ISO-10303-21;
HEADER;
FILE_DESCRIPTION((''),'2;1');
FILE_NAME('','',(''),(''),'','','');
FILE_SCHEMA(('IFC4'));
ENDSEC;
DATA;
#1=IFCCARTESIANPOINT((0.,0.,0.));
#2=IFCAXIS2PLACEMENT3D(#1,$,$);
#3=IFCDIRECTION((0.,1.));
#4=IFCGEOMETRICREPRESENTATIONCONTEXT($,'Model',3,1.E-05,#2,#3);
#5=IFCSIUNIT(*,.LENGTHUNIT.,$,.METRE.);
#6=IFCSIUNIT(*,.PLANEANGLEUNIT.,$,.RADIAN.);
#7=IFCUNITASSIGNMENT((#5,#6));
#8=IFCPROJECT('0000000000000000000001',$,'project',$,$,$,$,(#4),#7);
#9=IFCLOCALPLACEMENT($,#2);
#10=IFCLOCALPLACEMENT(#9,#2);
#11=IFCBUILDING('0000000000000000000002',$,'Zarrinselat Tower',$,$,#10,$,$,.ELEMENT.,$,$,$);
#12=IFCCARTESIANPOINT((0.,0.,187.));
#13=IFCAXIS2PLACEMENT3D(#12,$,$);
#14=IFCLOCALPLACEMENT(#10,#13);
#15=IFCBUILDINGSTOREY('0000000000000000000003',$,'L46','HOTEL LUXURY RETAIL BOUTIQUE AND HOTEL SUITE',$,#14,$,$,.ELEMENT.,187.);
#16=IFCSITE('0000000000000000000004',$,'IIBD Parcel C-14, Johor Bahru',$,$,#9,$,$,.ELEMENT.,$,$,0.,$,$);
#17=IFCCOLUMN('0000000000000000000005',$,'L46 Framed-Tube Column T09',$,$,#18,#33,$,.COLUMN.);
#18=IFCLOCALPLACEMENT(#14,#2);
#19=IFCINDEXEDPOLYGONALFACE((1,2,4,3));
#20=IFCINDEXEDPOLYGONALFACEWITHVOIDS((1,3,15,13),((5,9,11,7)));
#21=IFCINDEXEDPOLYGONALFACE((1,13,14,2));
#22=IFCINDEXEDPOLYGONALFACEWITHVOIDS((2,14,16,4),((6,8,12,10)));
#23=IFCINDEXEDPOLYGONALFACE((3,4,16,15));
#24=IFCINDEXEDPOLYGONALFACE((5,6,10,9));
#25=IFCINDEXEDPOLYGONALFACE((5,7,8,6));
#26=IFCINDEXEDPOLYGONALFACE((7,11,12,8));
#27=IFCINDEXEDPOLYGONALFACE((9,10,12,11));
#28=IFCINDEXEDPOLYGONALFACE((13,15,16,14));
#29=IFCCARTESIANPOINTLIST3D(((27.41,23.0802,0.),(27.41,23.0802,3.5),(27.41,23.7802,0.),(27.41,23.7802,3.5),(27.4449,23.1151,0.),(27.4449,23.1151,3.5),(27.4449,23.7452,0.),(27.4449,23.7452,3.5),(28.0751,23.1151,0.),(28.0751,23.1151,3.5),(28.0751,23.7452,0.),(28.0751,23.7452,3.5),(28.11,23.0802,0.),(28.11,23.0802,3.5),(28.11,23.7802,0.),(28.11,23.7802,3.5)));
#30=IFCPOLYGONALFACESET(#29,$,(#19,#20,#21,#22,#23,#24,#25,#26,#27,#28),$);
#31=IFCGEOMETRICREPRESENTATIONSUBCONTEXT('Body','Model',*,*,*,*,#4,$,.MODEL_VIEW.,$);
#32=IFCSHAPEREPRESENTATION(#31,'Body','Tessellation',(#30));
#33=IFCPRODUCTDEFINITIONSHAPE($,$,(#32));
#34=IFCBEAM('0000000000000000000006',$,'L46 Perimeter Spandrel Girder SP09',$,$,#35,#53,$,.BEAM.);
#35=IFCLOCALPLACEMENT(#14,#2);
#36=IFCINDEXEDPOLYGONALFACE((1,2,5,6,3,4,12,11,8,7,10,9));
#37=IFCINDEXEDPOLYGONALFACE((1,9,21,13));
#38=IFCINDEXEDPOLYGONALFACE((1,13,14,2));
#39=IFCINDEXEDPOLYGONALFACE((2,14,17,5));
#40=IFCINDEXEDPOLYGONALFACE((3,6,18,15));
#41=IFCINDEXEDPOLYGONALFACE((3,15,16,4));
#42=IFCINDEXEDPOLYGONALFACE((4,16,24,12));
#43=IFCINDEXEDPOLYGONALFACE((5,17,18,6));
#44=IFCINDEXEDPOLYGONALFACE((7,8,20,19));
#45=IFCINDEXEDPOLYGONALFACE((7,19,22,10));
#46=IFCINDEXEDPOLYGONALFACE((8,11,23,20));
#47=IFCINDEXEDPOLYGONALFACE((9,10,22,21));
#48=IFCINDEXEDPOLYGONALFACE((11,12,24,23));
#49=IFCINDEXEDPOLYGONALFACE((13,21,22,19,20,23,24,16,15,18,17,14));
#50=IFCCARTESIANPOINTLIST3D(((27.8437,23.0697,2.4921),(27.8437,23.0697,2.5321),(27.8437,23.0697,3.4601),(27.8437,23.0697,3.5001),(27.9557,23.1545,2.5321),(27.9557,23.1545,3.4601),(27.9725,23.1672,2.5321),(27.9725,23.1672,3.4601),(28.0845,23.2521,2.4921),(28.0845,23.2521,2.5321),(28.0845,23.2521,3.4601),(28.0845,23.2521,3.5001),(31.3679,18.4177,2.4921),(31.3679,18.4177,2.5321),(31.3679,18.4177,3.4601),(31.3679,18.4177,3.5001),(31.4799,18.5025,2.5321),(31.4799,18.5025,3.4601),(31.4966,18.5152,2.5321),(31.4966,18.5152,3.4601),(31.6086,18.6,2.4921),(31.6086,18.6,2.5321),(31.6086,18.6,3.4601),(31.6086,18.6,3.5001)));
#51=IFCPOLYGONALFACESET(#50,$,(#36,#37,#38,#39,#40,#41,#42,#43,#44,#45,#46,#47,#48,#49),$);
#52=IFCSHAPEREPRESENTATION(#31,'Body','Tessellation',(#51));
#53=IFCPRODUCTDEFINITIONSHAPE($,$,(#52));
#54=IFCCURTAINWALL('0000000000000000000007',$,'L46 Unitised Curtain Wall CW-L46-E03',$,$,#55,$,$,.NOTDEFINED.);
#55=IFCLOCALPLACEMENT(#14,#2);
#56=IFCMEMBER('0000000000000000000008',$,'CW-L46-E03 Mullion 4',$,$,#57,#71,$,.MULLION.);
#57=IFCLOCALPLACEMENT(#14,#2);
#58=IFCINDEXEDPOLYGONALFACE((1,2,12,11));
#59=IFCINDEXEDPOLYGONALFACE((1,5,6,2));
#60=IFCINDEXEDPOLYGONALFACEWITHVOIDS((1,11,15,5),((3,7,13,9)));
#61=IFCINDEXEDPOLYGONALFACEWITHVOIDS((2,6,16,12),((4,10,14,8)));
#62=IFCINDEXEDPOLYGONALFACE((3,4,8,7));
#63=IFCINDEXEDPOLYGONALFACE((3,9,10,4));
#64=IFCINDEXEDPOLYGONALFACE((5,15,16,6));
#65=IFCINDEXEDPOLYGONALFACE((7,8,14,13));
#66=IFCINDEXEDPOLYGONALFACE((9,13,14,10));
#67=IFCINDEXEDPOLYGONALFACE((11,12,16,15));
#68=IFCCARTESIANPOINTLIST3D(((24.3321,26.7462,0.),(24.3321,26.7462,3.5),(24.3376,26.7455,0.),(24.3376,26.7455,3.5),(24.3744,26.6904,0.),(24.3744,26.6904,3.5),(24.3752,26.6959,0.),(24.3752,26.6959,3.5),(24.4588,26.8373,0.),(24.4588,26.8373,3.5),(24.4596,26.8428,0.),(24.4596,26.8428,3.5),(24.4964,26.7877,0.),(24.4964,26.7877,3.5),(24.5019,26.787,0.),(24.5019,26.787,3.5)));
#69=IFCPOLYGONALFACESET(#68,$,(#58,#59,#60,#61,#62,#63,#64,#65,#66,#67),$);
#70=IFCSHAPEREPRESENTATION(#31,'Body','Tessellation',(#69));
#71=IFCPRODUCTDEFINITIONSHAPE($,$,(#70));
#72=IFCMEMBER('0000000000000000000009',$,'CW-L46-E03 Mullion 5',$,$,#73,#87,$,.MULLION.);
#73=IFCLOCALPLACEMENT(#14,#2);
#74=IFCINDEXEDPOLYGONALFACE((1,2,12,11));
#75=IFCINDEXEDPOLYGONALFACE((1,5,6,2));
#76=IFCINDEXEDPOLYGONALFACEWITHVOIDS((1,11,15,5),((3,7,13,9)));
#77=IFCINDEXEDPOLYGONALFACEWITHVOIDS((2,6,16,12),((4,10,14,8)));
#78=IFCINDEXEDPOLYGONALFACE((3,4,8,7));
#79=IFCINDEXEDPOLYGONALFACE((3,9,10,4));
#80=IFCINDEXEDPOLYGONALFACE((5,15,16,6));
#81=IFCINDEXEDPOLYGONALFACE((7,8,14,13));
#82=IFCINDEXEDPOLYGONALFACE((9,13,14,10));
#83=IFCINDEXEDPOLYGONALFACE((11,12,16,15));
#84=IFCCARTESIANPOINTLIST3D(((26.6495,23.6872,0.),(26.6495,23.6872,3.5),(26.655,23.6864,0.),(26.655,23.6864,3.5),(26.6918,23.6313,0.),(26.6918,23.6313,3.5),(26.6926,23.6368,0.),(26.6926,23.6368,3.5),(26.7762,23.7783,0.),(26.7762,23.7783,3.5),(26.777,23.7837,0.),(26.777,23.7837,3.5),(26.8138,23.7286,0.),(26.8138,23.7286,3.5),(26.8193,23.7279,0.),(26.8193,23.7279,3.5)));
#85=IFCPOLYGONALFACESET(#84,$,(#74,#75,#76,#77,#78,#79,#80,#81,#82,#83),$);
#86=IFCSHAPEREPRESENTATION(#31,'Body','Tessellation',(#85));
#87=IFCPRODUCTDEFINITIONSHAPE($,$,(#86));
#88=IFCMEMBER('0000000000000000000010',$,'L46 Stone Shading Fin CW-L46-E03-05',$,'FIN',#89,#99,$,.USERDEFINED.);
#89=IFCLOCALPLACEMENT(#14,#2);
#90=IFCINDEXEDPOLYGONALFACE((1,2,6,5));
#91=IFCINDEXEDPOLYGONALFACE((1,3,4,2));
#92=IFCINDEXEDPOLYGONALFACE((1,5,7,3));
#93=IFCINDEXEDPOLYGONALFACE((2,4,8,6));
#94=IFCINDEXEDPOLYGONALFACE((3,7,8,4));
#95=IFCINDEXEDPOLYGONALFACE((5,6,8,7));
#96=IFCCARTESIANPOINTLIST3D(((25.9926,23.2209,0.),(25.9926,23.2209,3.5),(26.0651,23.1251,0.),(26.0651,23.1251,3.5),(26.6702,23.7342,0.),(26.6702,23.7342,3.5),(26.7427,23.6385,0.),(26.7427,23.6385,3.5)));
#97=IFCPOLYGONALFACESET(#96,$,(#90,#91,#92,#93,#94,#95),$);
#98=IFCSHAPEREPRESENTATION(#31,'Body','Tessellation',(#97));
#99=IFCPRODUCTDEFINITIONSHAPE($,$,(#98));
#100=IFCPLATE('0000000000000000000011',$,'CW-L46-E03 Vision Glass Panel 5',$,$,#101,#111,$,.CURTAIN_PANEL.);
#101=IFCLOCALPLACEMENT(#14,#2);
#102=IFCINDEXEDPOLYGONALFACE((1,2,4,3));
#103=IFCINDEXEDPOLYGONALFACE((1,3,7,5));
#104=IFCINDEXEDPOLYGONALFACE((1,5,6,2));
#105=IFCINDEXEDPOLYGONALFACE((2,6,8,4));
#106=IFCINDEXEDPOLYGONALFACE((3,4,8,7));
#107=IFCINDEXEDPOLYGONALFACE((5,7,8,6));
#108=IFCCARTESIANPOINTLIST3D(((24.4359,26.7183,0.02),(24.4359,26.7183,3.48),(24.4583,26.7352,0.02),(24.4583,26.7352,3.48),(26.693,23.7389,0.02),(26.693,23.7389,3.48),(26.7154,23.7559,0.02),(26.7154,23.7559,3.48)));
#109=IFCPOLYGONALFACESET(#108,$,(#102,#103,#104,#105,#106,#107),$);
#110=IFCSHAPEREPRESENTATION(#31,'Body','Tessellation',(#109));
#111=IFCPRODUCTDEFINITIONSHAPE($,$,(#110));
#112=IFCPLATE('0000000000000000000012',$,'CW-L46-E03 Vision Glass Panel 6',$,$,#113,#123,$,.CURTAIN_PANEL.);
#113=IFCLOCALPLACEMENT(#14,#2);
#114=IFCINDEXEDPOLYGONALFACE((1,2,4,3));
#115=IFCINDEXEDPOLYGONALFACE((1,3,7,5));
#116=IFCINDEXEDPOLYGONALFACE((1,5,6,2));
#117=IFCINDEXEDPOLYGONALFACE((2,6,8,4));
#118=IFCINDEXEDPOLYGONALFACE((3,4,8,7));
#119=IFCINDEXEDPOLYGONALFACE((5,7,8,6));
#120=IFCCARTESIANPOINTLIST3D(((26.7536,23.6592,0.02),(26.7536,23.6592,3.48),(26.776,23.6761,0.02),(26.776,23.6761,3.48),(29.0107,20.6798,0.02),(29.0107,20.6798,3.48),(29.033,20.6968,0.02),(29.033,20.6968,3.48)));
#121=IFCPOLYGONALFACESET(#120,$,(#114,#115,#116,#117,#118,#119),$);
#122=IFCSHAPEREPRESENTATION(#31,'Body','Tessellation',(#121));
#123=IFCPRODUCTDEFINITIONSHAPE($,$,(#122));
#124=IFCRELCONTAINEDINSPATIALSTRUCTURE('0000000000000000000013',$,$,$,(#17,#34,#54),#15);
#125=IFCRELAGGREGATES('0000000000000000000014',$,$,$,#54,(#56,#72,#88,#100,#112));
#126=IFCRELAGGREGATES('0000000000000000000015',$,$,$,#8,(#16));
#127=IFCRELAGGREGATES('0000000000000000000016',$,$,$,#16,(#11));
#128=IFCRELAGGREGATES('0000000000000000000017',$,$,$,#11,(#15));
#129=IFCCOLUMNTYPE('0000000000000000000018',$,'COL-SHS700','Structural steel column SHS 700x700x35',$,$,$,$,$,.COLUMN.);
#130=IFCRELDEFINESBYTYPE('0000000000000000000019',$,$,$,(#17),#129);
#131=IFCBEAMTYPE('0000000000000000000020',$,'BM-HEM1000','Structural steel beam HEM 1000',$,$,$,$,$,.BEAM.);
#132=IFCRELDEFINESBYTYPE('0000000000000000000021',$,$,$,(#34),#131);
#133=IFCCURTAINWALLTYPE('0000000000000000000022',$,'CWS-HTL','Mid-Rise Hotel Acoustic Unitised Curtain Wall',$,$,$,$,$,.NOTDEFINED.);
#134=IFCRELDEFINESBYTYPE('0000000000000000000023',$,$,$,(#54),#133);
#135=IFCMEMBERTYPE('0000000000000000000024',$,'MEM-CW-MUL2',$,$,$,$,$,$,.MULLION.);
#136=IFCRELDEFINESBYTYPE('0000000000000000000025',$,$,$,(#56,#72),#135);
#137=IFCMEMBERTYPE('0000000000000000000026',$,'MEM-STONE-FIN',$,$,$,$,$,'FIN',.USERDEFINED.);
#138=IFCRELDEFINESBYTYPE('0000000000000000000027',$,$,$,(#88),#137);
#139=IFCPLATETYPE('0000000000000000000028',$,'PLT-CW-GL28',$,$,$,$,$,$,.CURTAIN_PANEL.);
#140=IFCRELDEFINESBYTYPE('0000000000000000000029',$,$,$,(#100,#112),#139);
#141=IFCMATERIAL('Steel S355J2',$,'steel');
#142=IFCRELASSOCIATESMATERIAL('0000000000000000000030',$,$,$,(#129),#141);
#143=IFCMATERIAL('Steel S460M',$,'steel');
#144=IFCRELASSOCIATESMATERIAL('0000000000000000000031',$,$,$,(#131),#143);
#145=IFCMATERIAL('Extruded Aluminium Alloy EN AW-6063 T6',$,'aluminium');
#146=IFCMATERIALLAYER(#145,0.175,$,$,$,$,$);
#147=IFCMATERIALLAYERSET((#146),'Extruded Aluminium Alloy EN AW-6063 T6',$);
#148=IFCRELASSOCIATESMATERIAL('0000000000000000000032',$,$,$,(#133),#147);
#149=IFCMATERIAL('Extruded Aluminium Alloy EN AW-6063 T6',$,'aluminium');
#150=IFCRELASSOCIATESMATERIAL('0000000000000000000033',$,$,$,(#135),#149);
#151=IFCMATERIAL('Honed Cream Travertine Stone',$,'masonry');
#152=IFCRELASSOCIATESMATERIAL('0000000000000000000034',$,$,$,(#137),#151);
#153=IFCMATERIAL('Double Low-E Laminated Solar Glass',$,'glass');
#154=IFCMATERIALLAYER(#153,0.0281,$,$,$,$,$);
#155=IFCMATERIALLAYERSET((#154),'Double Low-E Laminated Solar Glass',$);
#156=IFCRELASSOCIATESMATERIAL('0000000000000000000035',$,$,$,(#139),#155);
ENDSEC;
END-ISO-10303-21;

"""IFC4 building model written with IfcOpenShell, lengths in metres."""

from ifc_helpers import new_model, si_unit, direction, frame, origin, origin_2d, place, context, subcontext, project, spatial, rectangle, hollow_rectangle, i_section, extrude, material, layer, layer_set, material_profile, profile_set, type_object, element, aggregate, save


model = new_model("IFC4")

# Units and contexts
model_context = context("Model", 3, precision=1e-05, world=origin(), true_north=direction((0.0, 1.0)))
body_context = subcontext(model_context, "Body", "Model", "MODEL_VIEW")
ifc_project = project(units=[si_unit("LENGTHUNIT", "METRE"), si_unit("PLANEANGLEUNIT", "RADIAN")], contexts=[model_context])

# Site, building, storey
site_placement = place(None, origin())
site = spatial("IfcSite", under=ifc_project, at=site_placement, Name="IIBD Parcel C-14, Johor Bahru", CompositionType="ELEMENT", RefElevation=0.0)
building_placement = place(site_placement, origin())
building = spatial("IfcBuilding", under=site, at=building_placement, Name="Zarrinselat Tower", CompositionType="ELEMENT")
storey_placement = place(building_placement, frame((0.0, 0.0, 187.0)))
storey = spatial("IfcBuildingStorey", under=building, at=storey_placement, Name="L46", Description="HOTEL LUXURY RETAIL BOUTIQUE AND HOTEL SUITE", CompositionType="ELEMENT", Elevation=187.0)

# Column
ifc_material_1 = material(Name="Steel S355J2", Category="steel")
ifc_material_profile_1 = material_profile(ifc_material_1, hollow_rectangle(XDim=0.7, YDim=0.7, WallThickness=0.0349, at=origin_2d()), Name="SHS 700x700x35")
ifc_profile_set_1 = profile_set([ifc_material_profile_1], Name="Steel S355J2")
column_type = type_object("IfcColumnType", Name="COL-SHS700", Description="Structural steel column SHS 700x700x35", PredefinedType="COLUMN", material=ifc_profile_set_1)
column_placement = place(storey_placement, frame((27.76, 23.4302, 0.0), z_axis=(0.0, 0.0, 1.0), x_axis=(1.0, 0.0, 0.0)))
element("IfcColumn", 1, at=column_placement, inside=storey, type_object=column_type, Name="L46 Framed-Tube Column T09", PredefinedType="COLUMN", context=body_context, shape_type="SweptSolid", body=[
    extrude(hollow_rectangle(XDim=0.7, YDim=0.7, WallThickness=0.0349, at=origin_2d()), origin(), (0.0, 0.0, 1.0), 3.5),
])

# Beam
ifc_material_2 = material(Name="Steel S460M", Category="steel")
ifc_material_profile_2 = material_profile(ifc_material_2, i_section(OverallWidth=0.302, OverallDepth=1.0081, WebThickness=0.021, FlangeThickness=0.04, at=origin_2d()), Name="HEM 1000")
ifc_profile_set_2 = profile_set([ifc_material_profile_2], Name="Steel S460M")
beam_type = type_object("IfcBeamType", Name="BM-HEM1000", Description="Structural steel beam HEM 1000", PredefinedType="BEAM", material=ifc_profile_set_2)
beam_placement = place(storey_placement, frame((27.9641, 23.1609, 2.9961), z_axis=(0.603842, -0.797104, 0.0), x_axis=(0.797104, 0.603842, 0.0)))
element("IfcBeam", 2, at=beam_placement, inside=storey, type_object=beam_type, Name="L46 Perimeter Spandrel Girder SP09", PredefinedType="BEAM", context=body_context, shape_type="SweptSolid", body=[
    extrude(i_section(OverallWidth=0.302, OverallDepth=1.0081, WebThickness=0.021, FlangeThickness=0.04, at=origin_2d()), origin(), (0.0, 0.0, 1.0), 5.8362),
])

# Curtain wall, members, plates
ifc_material_3 = material(Name="Extruded Aluminium Alloy EN AW-6063 T6", Category="aluminium")
ifc_layer_1 = layer(ifc_material_3, 0.175)
ifc_layer_set_1 = layer_set([ifc_layer_1], Name="Extruded Aluminium Alloy EN AW-6063 T6")
curtain_wall_type = type_object("IfcCurtainWallType", Name="CWS-HTL", Description="Mid-Rise Hotel Acoustic Unitised Curtain Wall", PredefinedType="NOTDEFINED", material=ifc_layer_set_1)
curtain_wall_placement = place(storey_placement, origin())
curtain_wall = element("IfcCurtainWall", 3, at=curtain_wall_placement, inside=storey, type_object=curtain_wall_type, Name="L46 Unitised Curtain Wall CW-L46-E03", PredefinedType="NOTDEFINED")
ifc_material_4 = material(Name="Extruded Aluminium Alloy EN AW-6063 T6", Category="aluminium")
ifc_material_profile_3 = material_profile(ifc_material_4, hollow_rectangle(XDim=0.0701, YDim=0.1599, WallThickness=0.0039, at=origin_2d()), Name="RHS 160x70x4")
ifc_profile_set_3 = profile_set([ifc_material_profile_3], Name="Extruded Aluminium Alloy EN AW-6063 T6")
member_type_1 = type_object("IfcMemberType", Name="MEM-CW-MUL2", PredefinedType="MULLION", material=ifc_profile_set_3)
member_1_placement = place(storey_placement, frame((24.417, 26.7666, 0.0), z_axis=(0.0, 0.0, 1.0), x_axis=(0.603857, -0.797093, 0.0)))
member_1 = element("IfcMember", 4, at=member_1_placement, type_object=member_type_1, Name="CW-L46-E03 Mullion 4", PredefinedType="MULLION", context=body_context, shape_type="SweptSolid", body=[
    extrude(hollow_rectangle(XDim=0.0701, YDim=0.1599, WallThickness=0.0039, at=origin_2d()), origin(), (0.0, 0.0, 1.0), 3.5),
])
member_2_placement = place(storey_placement, frame((26.7344, 23.7075, 0.0), z_axis=(0.0, 0.0, 1.0), x_axis=(0.603857, -0.797093, 0.0)))
member_2 = element("IfcMember", 5, at=member_2_placement, type_object=member_type_1, Name="CW-L46-E03 Mullion 5", PredefinedType="MULLION", context=body_context, shape_type="SweptSolid", body=[
    extrude(hollow_rectangle(XDim=0.0701, YDim=0.1599, WallThickness=0.0039, at=origin_2d()), origin(), (0.0, 0.0, 1.0), 3.5),
])
ifc_material_5 = material(Name="Honed Cream Travertine Stone", Category="masonry")
ifc_material_profile_4 = material_profile(ifc_material_5, rectangle(XDim=0.1201, YDim=0.8501, at=origin_2d()), Name="FIN 850x120")
ifc_profile_set_4 = profile_set([ifc_material_profile_4], Name="Honed Cream Travertine Stone")
member_type_2 = type_object("IfcMemberType", Name="MEM-STONE-FIN", ElementType="FIN", PredefinedType="USERDEFINED", material=ifc_profile_set_4)
member_3_placement = place(storey_placement, frame((26.3677, 23.4297, 0.0), z_axis=(0.0, 0.0, 1.0), x_axis=(-0.603857, 0.797093, 0.0)))
member_3 = element("IfcMember", 6, at=member_3_placement, type_object=member_type_2, Name="L46 Stone Shading Fin CW-L46-E03-05", ObjectType="FIN", PredefinedType="USERDEFINED", context=body_context, shape_type="SweptSolid", body=[
    extrude(rectangle(XDim=0.1201, YDim=0.8501, at=origin_2d()), origin(), (0.0, 0.0, 1.0), 3.5),
])
ifc_material_6 = material(Name="Double Low-E Laminated Solar Glass", Category="glass")
ifc_layer_2 = layer(ifc_material_6, 0.0281)
ifc_layer_set_2 = layer_set([ifc_layer_2], Name="Double Low-E Laminated Solar Glass")
plate_type = type_object("IfcPlateType", Name="PLT-CW-GL28", PredefinedType="CURTAIN_PANEL", material=ifc_layer_set_2)
plate_1_placement = place(storey_placement, frame((25.5757, 25.2371, 0.02), z_axis=(0.0, 0.0, 1.0), x_axis=(0.603857, -0.797093, 0.0)))
plate_1 = element("IfcPlate", 7, at=plate_1_placement, type_object=plate_type, Name="CW-L46-E03 Vision Glass Panel 5", PredefinedType="CURTAIN_PANEL", context=body_context, shape_type="SweptSolid", body=[
    extrude(rectangle(XDim=3.7378, YDim=0.0281, at=origin_2d()), origin(), (0.0, 0.0, 1.0), 3.46),
])
plate_2_placement = place(storey_placement, frame((27.8933, 22.178, 0.02), z_axis=(0.0, 0.0, 1.0), x_axis=(0.603857, -0.797093, 0.0)))
plate_2 = element("IfcPlate", 8, at=plate_2_placement, type_object=plate_type, Name="CW-L46-E03 Vision Glass Panel 6", PredefinedType="CURTAIN_PANEL", context=body_context, shape_type="SweptSolid", body=[
    extrude(rectangle(XDim=3.7378, YDim=0.0281, at=origin_2d()), origin(), (0.0, 0.0, 1.0), 3.46),
])
aggregate(curtain_wall, [member_1, member_2, member_3, plate_1, plate_2])

save(model, "model.ifc")
